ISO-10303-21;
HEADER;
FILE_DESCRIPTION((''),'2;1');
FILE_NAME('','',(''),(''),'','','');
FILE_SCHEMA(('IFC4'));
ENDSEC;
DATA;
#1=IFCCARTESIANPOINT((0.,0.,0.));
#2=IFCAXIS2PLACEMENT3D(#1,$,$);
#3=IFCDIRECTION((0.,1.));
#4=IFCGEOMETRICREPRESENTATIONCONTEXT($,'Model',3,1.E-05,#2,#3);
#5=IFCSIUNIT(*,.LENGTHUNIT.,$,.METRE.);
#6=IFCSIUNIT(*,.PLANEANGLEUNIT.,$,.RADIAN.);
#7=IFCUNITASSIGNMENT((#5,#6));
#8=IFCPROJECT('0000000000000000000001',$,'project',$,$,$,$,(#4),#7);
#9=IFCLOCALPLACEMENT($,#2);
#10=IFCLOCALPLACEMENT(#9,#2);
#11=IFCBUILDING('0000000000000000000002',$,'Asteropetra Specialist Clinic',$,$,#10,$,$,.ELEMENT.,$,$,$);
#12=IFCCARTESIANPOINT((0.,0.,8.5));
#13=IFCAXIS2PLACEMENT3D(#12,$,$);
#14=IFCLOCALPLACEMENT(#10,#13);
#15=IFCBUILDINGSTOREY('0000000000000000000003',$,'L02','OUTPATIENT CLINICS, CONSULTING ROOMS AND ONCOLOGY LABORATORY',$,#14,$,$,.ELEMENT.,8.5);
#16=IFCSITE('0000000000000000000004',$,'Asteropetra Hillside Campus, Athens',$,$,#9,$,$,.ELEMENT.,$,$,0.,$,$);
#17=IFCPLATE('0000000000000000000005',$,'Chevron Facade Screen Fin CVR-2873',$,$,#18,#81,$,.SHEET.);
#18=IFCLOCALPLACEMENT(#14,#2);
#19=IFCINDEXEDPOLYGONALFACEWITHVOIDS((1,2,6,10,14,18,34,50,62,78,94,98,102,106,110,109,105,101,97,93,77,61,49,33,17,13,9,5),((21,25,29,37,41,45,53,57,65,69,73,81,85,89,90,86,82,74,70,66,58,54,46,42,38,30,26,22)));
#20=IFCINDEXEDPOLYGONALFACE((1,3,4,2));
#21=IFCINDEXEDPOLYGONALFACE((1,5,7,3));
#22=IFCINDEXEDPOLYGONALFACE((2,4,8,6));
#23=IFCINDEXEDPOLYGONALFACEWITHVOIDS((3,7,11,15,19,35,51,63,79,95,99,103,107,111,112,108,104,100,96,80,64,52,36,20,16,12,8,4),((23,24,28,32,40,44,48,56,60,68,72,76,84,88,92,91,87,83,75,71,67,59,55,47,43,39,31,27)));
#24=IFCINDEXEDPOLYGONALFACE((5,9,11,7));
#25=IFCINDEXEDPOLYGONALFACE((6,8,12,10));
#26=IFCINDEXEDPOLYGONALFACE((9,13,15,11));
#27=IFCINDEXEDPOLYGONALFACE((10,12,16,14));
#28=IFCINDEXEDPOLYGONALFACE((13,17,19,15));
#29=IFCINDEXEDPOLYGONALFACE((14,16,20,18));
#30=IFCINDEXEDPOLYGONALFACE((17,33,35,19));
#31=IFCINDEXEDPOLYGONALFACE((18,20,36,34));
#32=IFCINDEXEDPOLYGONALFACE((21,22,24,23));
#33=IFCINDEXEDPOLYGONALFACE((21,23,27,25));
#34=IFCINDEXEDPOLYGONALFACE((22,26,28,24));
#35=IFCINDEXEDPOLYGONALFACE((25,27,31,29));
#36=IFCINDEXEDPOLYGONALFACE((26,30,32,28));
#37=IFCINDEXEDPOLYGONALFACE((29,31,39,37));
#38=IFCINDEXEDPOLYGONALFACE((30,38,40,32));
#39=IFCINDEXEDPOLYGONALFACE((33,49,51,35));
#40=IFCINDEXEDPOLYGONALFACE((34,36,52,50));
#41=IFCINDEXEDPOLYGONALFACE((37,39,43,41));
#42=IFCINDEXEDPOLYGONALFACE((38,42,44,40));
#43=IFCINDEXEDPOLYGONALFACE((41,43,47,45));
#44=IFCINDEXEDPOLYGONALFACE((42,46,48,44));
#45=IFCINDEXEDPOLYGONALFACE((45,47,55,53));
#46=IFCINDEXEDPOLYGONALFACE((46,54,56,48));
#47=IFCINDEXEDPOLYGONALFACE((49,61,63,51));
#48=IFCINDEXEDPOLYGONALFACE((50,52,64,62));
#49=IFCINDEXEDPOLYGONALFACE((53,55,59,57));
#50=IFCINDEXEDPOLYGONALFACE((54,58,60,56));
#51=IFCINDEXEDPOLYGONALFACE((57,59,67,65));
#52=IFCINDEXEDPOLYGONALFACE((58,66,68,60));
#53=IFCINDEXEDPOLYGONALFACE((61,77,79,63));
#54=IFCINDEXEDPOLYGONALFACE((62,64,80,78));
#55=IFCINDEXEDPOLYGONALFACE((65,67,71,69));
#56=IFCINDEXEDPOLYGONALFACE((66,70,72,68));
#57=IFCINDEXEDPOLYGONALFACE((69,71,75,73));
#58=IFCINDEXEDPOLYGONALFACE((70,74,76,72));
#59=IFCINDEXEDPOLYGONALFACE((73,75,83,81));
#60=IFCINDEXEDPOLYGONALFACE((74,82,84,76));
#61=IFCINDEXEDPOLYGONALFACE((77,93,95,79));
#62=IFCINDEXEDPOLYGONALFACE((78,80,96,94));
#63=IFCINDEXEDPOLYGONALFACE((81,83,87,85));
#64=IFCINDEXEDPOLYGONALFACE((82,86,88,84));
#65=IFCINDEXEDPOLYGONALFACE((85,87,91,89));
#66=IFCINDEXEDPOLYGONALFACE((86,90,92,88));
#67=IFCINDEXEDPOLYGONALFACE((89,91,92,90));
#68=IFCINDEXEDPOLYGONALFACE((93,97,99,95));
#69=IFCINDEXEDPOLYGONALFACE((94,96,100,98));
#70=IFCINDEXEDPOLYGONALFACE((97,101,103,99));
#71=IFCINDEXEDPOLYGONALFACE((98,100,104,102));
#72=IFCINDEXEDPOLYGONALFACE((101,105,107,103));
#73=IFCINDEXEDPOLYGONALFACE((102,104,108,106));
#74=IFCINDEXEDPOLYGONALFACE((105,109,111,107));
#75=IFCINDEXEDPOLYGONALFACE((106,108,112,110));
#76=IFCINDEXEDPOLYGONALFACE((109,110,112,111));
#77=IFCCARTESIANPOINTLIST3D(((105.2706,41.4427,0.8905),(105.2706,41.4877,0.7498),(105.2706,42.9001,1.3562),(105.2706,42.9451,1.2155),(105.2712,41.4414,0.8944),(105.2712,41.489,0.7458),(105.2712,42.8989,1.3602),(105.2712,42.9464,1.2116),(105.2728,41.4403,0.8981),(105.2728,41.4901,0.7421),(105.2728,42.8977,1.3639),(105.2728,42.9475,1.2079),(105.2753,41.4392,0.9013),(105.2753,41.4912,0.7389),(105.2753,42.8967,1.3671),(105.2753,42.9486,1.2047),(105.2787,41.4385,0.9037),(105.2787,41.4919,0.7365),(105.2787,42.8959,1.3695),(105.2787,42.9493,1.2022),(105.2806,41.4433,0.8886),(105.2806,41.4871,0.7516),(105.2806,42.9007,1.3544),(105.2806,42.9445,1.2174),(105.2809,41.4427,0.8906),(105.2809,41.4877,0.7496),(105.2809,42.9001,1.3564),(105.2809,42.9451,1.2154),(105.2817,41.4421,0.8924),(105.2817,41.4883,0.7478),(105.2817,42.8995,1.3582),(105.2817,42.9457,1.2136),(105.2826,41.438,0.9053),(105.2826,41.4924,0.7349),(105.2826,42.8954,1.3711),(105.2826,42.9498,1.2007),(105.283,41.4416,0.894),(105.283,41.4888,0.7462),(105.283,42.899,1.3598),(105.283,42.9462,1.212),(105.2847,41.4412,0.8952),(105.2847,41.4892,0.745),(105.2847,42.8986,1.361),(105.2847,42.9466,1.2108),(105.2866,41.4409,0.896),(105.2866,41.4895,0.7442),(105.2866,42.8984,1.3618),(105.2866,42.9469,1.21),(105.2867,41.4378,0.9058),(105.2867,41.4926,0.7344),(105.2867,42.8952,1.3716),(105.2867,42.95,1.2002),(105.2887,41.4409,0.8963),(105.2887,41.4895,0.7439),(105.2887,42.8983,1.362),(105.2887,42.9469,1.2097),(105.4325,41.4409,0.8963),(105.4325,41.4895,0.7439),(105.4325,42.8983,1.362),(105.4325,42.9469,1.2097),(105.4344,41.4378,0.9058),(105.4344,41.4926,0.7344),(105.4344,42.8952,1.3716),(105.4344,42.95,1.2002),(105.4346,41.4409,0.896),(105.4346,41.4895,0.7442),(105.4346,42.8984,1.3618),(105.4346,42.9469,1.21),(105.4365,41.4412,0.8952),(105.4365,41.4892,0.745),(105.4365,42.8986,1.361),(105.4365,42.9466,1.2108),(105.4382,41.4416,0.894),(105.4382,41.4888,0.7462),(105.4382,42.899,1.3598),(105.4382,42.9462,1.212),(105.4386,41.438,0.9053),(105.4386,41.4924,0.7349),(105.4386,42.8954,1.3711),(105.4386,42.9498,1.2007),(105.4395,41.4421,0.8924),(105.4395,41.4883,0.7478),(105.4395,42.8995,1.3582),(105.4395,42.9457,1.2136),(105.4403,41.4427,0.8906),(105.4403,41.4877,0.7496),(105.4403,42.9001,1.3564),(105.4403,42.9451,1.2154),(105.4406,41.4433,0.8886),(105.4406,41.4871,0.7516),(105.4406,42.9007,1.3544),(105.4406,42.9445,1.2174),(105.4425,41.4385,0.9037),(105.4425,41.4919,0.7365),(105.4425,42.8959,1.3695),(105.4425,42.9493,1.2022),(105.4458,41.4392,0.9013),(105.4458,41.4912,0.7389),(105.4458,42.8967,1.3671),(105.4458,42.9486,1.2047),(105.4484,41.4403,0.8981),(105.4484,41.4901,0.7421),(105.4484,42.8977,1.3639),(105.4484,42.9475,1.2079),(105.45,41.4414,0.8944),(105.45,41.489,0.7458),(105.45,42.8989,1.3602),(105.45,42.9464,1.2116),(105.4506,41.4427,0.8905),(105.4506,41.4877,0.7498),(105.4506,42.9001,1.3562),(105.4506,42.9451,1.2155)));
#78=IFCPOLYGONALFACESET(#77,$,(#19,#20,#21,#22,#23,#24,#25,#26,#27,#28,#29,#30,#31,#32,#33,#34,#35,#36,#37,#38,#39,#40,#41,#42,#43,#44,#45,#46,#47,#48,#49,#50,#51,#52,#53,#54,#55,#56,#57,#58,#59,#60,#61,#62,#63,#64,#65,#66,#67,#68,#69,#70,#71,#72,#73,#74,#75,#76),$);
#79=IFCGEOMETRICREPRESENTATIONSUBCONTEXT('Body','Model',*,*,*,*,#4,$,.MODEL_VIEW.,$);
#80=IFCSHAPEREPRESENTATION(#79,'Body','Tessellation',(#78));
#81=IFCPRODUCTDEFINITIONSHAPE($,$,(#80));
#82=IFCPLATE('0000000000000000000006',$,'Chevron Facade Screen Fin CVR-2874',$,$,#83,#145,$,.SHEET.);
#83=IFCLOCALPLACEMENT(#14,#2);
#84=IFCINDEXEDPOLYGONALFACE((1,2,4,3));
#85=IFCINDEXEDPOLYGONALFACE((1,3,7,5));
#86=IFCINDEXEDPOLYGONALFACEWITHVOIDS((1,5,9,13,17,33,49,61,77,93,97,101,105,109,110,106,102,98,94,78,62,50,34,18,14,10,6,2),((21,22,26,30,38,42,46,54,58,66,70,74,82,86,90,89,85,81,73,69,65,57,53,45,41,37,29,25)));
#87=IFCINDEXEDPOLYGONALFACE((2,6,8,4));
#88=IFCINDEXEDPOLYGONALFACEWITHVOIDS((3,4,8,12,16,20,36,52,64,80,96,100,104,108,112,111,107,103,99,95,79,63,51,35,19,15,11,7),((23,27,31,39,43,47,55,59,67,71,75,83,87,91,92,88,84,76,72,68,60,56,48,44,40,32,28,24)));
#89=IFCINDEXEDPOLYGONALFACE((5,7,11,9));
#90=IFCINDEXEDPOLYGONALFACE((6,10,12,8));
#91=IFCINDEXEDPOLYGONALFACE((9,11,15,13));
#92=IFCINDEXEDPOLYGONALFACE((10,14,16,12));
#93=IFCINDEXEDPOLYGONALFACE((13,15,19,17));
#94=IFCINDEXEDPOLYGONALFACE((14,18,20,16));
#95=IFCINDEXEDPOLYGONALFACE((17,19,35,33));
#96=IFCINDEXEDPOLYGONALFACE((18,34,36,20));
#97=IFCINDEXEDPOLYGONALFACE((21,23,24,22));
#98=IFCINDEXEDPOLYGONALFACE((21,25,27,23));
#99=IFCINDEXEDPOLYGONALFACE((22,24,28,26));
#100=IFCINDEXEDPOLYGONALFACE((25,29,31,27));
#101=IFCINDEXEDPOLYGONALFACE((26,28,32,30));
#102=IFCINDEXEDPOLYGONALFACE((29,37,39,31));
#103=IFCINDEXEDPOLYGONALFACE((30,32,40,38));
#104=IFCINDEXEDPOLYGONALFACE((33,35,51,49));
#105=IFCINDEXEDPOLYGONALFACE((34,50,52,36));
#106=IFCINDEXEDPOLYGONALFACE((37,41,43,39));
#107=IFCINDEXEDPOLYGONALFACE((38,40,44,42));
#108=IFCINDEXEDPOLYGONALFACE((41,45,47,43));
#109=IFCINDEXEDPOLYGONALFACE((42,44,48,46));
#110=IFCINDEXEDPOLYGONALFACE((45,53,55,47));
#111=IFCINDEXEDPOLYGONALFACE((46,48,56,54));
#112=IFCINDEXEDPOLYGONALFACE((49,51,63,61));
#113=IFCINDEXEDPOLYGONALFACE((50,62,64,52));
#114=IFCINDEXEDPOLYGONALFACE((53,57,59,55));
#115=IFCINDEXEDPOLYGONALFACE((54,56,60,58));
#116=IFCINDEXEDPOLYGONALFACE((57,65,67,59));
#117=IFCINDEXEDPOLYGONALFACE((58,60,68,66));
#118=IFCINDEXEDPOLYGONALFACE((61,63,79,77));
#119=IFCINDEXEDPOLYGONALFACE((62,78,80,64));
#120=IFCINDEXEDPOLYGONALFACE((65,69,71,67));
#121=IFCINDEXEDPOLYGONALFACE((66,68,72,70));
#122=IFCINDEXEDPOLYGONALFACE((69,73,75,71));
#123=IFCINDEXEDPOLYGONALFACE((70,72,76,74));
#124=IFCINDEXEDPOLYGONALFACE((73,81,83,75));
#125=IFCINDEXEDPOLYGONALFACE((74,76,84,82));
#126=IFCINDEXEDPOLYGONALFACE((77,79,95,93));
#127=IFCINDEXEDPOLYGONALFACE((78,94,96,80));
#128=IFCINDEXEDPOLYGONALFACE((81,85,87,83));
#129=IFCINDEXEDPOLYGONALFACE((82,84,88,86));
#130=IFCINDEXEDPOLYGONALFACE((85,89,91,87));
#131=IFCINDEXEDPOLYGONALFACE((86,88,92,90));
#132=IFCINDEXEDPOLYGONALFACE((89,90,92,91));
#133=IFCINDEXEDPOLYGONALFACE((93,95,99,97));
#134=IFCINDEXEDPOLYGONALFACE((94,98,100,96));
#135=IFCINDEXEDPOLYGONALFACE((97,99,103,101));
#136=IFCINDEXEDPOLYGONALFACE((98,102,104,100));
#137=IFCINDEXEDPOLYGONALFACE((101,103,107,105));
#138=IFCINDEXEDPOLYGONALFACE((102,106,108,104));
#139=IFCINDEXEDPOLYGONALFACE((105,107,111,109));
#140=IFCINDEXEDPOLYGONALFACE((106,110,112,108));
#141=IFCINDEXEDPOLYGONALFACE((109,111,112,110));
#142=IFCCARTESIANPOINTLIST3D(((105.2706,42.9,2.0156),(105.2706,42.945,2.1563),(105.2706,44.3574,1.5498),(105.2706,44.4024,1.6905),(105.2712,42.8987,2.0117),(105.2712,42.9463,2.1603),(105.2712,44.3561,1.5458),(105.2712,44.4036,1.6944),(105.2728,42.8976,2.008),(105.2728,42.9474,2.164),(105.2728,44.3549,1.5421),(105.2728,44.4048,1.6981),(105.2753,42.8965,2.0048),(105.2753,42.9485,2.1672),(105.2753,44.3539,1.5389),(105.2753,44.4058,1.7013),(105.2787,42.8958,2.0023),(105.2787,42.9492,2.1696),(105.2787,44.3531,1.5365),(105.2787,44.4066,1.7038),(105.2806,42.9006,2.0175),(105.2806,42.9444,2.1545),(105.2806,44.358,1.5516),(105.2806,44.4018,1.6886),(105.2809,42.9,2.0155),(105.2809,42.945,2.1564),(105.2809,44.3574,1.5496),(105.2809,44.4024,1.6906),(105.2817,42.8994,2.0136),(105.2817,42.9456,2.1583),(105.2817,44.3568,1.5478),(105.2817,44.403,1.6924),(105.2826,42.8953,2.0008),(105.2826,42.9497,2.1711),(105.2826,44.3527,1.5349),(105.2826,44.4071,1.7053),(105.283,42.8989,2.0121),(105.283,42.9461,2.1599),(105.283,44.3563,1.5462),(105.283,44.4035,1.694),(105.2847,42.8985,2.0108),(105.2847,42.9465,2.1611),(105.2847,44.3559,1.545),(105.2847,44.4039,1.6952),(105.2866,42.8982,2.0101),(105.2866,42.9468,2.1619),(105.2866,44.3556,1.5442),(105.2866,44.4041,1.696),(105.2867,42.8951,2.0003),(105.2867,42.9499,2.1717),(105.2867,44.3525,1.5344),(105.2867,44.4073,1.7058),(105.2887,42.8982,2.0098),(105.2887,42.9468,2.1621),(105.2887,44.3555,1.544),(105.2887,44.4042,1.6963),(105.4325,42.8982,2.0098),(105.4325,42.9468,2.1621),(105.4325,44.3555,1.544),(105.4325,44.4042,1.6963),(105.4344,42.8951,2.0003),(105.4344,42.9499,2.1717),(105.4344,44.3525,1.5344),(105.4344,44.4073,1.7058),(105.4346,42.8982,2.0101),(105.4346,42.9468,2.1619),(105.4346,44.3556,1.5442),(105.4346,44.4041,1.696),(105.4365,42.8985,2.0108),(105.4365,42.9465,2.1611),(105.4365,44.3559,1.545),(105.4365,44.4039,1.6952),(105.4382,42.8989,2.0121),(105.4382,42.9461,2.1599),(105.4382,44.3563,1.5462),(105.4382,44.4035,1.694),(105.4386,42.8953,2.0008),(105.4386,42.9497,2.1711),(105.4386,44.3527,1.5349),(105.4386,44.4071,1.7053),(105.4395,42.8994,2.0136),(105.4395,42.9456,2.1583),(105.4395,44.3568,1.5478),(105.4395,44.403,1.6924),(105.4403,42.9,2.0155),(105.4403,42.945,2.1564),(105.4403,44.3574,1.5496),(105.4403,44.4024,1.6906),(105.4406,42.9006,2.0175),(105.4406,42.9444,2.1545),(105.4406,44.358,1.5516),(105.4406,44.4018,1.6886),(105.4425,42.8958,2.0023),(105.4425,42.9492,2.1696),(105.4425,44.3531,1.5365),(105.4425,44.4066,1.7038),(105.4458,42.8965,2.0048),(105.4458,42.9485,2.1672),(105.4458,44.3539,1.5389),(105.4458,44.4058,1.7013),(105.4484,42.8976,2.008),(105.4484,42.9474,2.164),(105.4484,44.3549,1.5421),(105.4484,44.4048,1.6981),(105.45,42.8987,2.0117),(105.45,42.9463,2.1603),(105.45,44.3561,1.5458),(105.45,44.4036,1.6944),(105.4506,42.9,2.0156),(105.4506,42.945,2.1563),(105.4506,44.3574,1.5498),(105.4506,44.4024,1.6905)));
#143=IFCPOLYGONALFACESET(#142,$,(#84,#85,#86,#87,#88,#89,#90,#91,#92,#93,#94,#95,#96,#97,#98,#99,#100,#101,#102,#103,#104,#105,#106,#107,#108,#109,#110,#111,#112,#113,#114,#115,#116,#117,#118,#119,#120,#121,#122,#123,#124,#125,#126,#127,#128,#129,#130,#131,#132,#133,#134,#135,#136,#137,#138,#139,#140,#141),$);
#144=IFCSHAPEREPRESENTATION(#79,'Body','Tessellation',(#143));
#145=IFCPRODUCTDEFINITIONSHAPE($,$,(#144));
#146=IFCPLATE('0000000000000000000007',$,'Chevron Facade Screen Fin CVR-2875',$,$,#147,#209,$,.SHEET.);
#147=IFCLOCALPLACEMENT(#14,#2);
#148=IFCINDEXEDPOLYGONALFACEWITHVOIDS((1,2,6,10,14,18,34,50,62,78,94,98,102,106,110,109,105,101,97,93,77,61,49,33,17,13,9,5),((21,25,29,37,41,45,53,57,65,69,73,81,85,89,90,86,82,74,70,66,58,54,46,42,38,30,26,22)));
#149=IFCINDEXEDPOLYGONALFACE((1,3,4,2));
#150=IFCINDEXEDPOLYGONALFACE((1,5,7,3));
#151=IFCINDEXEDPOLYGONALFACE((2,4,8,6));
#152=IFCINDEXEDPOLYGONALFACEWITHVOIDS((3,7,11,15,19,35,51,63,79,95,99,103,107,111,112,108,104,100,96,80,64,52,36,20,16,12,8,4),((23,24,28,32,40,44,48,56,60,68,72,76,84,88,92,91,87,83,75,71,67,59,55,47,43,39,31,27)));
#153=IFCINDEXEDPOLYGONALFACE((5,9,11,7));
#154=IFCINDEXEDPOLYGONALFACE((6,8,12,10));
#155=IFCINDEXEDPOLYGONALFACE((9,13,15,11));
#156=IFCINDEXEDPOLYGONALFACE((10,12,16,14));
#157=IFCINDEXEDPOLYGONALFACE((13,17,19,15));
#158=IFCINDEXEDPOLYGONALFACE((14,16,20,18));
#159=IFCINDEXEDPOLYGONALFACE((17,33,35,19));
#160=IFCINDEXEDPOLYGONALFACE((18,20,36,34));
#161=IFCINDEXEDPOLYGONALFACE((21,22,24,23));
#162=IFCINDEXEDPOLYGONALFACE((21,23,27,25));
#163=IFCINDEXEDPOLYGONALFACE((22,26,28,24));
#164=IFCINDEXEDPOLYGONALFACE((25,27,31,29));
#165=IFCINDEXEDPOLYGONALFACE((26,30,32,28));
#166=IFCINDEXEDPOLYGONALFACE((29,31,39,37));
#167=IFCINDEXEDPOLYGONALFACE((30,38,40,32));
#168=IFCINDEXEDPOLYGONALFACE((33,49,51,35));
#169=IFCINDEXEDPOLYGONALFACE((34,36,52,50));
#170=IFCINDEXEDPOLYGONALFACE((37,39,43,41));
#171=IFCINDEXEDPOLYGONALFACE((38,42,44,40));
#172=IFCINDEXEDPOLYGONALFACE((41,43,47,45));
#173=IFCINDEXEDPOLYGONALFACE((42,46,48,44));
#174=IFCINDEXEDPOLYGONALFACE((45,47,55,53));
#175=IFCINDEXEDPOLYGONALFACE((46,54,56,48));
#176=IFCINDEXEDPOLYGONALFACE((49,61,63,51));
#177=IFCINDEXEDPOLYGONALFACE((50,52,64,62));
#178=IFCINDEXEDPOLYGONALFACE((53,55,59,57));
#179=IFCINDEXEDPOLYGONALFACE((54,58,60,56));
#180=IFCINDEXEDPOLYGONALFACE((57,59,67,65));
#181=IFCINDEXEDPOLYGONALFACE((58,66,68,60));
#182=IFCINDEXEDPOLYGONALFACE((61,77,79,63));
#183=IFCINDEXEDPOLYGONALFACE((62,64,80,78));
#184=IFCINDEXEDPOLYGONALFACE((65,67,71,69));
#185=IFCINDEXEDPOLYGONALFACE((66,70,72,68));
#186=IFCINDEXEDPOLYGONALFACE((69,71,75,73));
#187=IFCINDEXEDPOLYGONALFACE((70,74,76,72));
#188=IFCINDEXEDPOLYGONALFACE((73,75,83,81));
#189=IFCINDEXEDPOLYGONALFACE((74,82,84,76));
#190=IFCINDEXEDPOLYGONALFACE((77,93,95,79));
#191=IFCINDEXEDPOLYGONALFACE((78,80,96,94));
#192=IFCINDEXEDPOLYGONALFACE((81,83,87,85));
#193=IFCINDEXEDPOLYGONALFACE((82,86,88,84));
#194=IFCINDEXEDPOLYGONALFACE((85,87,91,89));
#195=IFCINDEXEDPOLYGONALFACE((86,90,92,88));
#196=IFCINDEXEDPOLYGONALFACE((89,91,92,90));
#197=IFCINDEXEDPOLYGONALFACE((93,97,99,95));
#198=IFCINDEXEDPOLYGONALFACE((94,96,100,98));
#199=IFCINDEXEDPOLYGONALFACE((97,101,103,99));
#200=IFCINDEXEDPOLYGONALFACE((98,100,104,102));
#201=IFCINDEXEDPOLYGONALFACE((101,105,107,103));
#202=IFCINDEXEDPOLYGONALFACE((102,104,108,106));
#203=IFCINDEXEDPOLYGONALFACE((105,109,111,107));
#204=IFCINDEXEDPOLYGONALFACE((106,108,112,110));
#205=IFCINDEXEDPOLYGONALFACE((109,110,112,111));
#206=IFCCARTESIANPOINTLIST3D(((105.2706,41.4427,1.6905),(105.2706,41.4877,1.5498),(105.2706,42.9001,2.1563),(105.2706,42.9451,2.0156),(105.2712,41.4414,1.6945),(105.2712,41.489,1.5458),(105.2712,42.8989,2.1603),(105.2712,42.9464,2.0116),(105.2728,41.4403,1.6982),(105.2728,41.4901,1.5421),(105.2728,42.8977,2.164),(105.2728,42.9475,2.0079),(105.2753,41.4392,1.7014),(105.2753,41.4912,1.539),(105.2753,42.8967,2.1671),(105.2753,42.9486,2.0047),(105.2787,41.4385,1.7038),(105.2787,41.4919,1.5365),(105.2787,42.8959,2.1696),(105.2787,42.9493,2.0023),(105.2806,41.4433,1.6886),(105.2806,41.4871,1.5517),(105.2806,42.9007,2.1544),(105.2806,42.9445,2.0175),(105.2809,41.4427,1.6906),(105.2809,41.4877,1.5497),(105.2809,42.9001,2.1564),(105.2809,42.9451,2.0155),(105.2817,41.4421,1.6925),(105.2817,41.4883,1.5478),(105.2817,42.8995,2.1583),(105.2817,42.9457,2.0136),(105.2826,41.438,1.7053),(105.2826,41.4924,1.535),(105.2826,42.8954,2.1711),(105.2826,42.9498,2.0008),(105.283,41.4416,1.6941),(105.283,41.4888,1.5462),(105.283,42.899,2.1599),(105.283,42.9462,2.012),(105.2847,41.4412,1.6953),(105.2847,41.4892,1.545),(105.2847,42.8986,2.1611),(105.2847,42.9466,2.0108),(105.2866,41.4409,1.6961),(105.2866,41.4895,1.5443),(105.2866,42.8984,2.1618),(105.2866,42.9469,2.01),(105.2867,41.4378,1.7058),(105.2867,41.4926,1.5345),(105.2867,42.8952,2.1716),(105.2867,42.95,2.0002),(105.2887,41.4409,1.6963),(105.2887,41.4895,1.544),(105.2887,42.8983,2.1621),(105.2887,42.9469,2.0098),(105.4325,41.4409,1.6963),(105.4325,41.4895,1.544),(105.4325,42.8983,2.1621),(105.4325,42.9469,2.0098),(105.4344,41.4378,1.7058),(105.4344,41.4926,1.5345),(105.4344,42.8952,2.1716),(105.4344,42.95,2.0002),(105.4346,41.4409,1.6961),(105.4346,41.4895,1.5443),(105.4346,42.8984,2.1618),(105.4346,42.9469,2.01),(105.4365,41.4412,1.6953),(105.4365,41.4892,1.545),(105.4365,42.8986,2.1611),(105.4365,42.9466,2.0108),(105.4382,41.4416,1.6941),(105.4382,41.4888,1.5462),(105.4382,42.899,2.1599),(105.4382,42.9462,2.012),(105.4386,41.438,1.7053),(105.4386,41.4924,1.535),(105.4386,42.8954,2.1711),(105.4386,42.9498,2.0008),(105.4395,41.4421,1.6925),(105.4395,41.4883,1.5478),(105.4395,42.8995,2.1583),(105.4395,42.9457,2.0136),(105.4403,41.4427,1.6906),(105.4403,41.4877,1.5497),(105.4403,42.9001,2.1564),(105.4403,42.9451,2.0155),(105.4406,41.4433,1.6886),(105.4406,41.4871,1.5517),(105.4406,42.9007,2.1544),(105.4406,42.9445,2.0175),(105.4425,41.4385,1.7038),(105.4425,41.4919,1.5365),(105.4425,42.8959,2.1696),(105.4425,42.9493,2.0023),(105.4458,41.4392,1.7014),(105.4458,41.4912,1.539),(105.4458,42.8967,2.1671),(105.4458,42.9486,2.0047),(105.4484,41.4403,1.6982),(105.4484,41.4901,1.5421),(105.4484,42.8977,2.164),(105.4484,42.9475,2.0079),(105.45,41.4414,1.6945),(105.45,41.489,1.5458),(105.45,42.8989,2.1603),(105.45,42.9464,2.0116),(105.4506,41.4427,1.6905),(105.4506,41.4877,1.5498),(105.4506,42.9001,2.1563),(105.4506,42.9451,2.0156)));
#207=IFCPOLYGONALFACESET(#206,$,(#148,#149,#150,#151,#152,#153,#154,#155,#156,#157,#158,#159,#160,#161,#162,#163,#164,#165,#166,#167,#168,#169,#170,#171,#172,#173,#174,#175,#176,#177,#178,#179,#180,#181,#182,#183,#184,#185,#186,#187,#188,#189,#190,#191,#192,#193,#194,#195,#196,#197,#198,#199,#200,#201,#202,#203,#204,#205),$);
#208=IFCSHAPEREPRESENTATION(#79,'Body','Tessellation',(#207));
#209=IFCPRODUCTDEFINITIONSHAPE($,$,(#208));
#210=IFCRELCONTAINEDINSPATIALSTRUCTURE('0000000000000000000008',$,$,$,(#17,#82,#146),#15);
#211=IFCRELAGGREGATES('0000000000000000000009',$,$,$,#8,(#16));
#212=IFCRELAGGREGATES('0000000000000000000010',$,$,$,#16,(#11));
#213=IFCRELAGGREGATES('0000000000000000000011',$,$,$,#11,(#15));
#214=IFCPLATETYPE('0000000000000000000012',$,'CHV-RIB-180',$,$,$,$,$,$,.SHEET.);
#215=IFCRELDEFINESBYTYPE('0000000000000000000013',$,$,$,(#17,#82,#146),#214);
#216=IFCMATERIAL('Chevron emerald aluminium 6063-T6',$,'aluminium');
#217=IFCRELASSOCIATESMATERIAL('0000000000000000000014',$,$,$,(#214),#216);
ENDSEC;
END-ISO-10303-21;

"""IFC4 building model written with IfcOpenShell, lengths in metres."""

from ifc_helpers import new_model, si_unit, direction, frame, origin, origin_2d, place, context, subcontext, project, spatial, hollow_rectangle, extrude, material, material_profile, profile_set, type_object, element, save


model = new_model("IFC4")

# Units and contexts
model_context = context("Model", 3, precision=1e-05, world=origin(), true_north=direction((0.0, 1.0)))
body_context = subcontext(model_context, "Body", "Model", "MODEL_VIEW")
ifc_project = project(units=[si_unit("LENGTHUNIT", "METRE"), si_unit("PLANEANGLEUNIT", "RADIAN")], contexts=[model_context])

# Site, building, storey
site_placement = place(None, origin())
site = spatial("IfcSite", under=ifc_project, at=site_placement, Name="Asteropetra Hillside Campus, Athens", CompositionType="ELEMENT", RefElevation=0.0)
building_placement = place(site_placement, origin())
building = spatial("IfcBuilding", under=site, at=building_placement, Name="Asteropetra Specialist Clinic", CompositionType="ELEMENT")
storey_placement = place(building_placement, frame((0.0, 0.0, 8.5)))
storey = spatial("IfcBuildingStorey", under=building, at=storey_placement, Name="L02", Description="OUTPATIENT CLINICS, CONSULTING ROOMS AND ONCOLOGY LABORATORY", CompositionType="ELEMENT", Elevation=8.5)

# Plates
ifc_material_1 = material(Name="Chevron emerald aluminium 6063-T6", Category="aluminium")
ifc_material_profile = material_profile(ifc_material_1, hollow_rectangle(XDim=0.1799, YDim=0.1799, WallThickness=0.01, InnerFilletRadius=0.0081, OuterFilletRadius=0.0161, at=origin_2d()), Name="SHS 180x180x10.0")
ifc_profile_set = profile_set([ifc_material_profile], Name="Chevron emerald aluminium 6063-T6")
plate_type_1 = type_object("IfcPlateType", Name="CHV-RIB-180", PredefinedType="SHEET", material=ifc_profile_set)
for number, where, z_axis, x_axis, name in (
    (1, (105.3606, 42.9226, 1.2859), (0.0, -0.952535, -0.304428), (1.0, 0.0, 0.0), "Chevron Facade Screen Fin CVR-2873"),
    (2, (105.3606, 44.3799, 1.6201), (0.0, -0.95252, 0.304475), (1.0, 0.0, 0.0), "Chevron Facade Screen Fin CVR-2874"),
    (3, (105.3606, 42.9226, 2.0859), (0.0, -0.952535, -0.304428), (1.0, 0.0, 0.0), "Chevron Facade Screen Fin CVR-2875"),
):
    element("IfcPlate", number, at=place(storey_placement, frame(where, z_axis=z_axis, x_axis=x_axis)), inside=storey, type_object=plate_type_1, Name=name, PredefinedType="SHEET", context=body_context, shape_type="SweptSolid", body=[
        extrude(hollow_rectangle(XDim=0.1799, YDim=0.1799, WallThickness=0.01, InnerFilletRadius=0.0081, OuterFilletRadius=0.0161, at=origin_2d()), origin(), (0.0, 0.0, 1.0), 1.53),
    ])

save(model, "model.ifc")
